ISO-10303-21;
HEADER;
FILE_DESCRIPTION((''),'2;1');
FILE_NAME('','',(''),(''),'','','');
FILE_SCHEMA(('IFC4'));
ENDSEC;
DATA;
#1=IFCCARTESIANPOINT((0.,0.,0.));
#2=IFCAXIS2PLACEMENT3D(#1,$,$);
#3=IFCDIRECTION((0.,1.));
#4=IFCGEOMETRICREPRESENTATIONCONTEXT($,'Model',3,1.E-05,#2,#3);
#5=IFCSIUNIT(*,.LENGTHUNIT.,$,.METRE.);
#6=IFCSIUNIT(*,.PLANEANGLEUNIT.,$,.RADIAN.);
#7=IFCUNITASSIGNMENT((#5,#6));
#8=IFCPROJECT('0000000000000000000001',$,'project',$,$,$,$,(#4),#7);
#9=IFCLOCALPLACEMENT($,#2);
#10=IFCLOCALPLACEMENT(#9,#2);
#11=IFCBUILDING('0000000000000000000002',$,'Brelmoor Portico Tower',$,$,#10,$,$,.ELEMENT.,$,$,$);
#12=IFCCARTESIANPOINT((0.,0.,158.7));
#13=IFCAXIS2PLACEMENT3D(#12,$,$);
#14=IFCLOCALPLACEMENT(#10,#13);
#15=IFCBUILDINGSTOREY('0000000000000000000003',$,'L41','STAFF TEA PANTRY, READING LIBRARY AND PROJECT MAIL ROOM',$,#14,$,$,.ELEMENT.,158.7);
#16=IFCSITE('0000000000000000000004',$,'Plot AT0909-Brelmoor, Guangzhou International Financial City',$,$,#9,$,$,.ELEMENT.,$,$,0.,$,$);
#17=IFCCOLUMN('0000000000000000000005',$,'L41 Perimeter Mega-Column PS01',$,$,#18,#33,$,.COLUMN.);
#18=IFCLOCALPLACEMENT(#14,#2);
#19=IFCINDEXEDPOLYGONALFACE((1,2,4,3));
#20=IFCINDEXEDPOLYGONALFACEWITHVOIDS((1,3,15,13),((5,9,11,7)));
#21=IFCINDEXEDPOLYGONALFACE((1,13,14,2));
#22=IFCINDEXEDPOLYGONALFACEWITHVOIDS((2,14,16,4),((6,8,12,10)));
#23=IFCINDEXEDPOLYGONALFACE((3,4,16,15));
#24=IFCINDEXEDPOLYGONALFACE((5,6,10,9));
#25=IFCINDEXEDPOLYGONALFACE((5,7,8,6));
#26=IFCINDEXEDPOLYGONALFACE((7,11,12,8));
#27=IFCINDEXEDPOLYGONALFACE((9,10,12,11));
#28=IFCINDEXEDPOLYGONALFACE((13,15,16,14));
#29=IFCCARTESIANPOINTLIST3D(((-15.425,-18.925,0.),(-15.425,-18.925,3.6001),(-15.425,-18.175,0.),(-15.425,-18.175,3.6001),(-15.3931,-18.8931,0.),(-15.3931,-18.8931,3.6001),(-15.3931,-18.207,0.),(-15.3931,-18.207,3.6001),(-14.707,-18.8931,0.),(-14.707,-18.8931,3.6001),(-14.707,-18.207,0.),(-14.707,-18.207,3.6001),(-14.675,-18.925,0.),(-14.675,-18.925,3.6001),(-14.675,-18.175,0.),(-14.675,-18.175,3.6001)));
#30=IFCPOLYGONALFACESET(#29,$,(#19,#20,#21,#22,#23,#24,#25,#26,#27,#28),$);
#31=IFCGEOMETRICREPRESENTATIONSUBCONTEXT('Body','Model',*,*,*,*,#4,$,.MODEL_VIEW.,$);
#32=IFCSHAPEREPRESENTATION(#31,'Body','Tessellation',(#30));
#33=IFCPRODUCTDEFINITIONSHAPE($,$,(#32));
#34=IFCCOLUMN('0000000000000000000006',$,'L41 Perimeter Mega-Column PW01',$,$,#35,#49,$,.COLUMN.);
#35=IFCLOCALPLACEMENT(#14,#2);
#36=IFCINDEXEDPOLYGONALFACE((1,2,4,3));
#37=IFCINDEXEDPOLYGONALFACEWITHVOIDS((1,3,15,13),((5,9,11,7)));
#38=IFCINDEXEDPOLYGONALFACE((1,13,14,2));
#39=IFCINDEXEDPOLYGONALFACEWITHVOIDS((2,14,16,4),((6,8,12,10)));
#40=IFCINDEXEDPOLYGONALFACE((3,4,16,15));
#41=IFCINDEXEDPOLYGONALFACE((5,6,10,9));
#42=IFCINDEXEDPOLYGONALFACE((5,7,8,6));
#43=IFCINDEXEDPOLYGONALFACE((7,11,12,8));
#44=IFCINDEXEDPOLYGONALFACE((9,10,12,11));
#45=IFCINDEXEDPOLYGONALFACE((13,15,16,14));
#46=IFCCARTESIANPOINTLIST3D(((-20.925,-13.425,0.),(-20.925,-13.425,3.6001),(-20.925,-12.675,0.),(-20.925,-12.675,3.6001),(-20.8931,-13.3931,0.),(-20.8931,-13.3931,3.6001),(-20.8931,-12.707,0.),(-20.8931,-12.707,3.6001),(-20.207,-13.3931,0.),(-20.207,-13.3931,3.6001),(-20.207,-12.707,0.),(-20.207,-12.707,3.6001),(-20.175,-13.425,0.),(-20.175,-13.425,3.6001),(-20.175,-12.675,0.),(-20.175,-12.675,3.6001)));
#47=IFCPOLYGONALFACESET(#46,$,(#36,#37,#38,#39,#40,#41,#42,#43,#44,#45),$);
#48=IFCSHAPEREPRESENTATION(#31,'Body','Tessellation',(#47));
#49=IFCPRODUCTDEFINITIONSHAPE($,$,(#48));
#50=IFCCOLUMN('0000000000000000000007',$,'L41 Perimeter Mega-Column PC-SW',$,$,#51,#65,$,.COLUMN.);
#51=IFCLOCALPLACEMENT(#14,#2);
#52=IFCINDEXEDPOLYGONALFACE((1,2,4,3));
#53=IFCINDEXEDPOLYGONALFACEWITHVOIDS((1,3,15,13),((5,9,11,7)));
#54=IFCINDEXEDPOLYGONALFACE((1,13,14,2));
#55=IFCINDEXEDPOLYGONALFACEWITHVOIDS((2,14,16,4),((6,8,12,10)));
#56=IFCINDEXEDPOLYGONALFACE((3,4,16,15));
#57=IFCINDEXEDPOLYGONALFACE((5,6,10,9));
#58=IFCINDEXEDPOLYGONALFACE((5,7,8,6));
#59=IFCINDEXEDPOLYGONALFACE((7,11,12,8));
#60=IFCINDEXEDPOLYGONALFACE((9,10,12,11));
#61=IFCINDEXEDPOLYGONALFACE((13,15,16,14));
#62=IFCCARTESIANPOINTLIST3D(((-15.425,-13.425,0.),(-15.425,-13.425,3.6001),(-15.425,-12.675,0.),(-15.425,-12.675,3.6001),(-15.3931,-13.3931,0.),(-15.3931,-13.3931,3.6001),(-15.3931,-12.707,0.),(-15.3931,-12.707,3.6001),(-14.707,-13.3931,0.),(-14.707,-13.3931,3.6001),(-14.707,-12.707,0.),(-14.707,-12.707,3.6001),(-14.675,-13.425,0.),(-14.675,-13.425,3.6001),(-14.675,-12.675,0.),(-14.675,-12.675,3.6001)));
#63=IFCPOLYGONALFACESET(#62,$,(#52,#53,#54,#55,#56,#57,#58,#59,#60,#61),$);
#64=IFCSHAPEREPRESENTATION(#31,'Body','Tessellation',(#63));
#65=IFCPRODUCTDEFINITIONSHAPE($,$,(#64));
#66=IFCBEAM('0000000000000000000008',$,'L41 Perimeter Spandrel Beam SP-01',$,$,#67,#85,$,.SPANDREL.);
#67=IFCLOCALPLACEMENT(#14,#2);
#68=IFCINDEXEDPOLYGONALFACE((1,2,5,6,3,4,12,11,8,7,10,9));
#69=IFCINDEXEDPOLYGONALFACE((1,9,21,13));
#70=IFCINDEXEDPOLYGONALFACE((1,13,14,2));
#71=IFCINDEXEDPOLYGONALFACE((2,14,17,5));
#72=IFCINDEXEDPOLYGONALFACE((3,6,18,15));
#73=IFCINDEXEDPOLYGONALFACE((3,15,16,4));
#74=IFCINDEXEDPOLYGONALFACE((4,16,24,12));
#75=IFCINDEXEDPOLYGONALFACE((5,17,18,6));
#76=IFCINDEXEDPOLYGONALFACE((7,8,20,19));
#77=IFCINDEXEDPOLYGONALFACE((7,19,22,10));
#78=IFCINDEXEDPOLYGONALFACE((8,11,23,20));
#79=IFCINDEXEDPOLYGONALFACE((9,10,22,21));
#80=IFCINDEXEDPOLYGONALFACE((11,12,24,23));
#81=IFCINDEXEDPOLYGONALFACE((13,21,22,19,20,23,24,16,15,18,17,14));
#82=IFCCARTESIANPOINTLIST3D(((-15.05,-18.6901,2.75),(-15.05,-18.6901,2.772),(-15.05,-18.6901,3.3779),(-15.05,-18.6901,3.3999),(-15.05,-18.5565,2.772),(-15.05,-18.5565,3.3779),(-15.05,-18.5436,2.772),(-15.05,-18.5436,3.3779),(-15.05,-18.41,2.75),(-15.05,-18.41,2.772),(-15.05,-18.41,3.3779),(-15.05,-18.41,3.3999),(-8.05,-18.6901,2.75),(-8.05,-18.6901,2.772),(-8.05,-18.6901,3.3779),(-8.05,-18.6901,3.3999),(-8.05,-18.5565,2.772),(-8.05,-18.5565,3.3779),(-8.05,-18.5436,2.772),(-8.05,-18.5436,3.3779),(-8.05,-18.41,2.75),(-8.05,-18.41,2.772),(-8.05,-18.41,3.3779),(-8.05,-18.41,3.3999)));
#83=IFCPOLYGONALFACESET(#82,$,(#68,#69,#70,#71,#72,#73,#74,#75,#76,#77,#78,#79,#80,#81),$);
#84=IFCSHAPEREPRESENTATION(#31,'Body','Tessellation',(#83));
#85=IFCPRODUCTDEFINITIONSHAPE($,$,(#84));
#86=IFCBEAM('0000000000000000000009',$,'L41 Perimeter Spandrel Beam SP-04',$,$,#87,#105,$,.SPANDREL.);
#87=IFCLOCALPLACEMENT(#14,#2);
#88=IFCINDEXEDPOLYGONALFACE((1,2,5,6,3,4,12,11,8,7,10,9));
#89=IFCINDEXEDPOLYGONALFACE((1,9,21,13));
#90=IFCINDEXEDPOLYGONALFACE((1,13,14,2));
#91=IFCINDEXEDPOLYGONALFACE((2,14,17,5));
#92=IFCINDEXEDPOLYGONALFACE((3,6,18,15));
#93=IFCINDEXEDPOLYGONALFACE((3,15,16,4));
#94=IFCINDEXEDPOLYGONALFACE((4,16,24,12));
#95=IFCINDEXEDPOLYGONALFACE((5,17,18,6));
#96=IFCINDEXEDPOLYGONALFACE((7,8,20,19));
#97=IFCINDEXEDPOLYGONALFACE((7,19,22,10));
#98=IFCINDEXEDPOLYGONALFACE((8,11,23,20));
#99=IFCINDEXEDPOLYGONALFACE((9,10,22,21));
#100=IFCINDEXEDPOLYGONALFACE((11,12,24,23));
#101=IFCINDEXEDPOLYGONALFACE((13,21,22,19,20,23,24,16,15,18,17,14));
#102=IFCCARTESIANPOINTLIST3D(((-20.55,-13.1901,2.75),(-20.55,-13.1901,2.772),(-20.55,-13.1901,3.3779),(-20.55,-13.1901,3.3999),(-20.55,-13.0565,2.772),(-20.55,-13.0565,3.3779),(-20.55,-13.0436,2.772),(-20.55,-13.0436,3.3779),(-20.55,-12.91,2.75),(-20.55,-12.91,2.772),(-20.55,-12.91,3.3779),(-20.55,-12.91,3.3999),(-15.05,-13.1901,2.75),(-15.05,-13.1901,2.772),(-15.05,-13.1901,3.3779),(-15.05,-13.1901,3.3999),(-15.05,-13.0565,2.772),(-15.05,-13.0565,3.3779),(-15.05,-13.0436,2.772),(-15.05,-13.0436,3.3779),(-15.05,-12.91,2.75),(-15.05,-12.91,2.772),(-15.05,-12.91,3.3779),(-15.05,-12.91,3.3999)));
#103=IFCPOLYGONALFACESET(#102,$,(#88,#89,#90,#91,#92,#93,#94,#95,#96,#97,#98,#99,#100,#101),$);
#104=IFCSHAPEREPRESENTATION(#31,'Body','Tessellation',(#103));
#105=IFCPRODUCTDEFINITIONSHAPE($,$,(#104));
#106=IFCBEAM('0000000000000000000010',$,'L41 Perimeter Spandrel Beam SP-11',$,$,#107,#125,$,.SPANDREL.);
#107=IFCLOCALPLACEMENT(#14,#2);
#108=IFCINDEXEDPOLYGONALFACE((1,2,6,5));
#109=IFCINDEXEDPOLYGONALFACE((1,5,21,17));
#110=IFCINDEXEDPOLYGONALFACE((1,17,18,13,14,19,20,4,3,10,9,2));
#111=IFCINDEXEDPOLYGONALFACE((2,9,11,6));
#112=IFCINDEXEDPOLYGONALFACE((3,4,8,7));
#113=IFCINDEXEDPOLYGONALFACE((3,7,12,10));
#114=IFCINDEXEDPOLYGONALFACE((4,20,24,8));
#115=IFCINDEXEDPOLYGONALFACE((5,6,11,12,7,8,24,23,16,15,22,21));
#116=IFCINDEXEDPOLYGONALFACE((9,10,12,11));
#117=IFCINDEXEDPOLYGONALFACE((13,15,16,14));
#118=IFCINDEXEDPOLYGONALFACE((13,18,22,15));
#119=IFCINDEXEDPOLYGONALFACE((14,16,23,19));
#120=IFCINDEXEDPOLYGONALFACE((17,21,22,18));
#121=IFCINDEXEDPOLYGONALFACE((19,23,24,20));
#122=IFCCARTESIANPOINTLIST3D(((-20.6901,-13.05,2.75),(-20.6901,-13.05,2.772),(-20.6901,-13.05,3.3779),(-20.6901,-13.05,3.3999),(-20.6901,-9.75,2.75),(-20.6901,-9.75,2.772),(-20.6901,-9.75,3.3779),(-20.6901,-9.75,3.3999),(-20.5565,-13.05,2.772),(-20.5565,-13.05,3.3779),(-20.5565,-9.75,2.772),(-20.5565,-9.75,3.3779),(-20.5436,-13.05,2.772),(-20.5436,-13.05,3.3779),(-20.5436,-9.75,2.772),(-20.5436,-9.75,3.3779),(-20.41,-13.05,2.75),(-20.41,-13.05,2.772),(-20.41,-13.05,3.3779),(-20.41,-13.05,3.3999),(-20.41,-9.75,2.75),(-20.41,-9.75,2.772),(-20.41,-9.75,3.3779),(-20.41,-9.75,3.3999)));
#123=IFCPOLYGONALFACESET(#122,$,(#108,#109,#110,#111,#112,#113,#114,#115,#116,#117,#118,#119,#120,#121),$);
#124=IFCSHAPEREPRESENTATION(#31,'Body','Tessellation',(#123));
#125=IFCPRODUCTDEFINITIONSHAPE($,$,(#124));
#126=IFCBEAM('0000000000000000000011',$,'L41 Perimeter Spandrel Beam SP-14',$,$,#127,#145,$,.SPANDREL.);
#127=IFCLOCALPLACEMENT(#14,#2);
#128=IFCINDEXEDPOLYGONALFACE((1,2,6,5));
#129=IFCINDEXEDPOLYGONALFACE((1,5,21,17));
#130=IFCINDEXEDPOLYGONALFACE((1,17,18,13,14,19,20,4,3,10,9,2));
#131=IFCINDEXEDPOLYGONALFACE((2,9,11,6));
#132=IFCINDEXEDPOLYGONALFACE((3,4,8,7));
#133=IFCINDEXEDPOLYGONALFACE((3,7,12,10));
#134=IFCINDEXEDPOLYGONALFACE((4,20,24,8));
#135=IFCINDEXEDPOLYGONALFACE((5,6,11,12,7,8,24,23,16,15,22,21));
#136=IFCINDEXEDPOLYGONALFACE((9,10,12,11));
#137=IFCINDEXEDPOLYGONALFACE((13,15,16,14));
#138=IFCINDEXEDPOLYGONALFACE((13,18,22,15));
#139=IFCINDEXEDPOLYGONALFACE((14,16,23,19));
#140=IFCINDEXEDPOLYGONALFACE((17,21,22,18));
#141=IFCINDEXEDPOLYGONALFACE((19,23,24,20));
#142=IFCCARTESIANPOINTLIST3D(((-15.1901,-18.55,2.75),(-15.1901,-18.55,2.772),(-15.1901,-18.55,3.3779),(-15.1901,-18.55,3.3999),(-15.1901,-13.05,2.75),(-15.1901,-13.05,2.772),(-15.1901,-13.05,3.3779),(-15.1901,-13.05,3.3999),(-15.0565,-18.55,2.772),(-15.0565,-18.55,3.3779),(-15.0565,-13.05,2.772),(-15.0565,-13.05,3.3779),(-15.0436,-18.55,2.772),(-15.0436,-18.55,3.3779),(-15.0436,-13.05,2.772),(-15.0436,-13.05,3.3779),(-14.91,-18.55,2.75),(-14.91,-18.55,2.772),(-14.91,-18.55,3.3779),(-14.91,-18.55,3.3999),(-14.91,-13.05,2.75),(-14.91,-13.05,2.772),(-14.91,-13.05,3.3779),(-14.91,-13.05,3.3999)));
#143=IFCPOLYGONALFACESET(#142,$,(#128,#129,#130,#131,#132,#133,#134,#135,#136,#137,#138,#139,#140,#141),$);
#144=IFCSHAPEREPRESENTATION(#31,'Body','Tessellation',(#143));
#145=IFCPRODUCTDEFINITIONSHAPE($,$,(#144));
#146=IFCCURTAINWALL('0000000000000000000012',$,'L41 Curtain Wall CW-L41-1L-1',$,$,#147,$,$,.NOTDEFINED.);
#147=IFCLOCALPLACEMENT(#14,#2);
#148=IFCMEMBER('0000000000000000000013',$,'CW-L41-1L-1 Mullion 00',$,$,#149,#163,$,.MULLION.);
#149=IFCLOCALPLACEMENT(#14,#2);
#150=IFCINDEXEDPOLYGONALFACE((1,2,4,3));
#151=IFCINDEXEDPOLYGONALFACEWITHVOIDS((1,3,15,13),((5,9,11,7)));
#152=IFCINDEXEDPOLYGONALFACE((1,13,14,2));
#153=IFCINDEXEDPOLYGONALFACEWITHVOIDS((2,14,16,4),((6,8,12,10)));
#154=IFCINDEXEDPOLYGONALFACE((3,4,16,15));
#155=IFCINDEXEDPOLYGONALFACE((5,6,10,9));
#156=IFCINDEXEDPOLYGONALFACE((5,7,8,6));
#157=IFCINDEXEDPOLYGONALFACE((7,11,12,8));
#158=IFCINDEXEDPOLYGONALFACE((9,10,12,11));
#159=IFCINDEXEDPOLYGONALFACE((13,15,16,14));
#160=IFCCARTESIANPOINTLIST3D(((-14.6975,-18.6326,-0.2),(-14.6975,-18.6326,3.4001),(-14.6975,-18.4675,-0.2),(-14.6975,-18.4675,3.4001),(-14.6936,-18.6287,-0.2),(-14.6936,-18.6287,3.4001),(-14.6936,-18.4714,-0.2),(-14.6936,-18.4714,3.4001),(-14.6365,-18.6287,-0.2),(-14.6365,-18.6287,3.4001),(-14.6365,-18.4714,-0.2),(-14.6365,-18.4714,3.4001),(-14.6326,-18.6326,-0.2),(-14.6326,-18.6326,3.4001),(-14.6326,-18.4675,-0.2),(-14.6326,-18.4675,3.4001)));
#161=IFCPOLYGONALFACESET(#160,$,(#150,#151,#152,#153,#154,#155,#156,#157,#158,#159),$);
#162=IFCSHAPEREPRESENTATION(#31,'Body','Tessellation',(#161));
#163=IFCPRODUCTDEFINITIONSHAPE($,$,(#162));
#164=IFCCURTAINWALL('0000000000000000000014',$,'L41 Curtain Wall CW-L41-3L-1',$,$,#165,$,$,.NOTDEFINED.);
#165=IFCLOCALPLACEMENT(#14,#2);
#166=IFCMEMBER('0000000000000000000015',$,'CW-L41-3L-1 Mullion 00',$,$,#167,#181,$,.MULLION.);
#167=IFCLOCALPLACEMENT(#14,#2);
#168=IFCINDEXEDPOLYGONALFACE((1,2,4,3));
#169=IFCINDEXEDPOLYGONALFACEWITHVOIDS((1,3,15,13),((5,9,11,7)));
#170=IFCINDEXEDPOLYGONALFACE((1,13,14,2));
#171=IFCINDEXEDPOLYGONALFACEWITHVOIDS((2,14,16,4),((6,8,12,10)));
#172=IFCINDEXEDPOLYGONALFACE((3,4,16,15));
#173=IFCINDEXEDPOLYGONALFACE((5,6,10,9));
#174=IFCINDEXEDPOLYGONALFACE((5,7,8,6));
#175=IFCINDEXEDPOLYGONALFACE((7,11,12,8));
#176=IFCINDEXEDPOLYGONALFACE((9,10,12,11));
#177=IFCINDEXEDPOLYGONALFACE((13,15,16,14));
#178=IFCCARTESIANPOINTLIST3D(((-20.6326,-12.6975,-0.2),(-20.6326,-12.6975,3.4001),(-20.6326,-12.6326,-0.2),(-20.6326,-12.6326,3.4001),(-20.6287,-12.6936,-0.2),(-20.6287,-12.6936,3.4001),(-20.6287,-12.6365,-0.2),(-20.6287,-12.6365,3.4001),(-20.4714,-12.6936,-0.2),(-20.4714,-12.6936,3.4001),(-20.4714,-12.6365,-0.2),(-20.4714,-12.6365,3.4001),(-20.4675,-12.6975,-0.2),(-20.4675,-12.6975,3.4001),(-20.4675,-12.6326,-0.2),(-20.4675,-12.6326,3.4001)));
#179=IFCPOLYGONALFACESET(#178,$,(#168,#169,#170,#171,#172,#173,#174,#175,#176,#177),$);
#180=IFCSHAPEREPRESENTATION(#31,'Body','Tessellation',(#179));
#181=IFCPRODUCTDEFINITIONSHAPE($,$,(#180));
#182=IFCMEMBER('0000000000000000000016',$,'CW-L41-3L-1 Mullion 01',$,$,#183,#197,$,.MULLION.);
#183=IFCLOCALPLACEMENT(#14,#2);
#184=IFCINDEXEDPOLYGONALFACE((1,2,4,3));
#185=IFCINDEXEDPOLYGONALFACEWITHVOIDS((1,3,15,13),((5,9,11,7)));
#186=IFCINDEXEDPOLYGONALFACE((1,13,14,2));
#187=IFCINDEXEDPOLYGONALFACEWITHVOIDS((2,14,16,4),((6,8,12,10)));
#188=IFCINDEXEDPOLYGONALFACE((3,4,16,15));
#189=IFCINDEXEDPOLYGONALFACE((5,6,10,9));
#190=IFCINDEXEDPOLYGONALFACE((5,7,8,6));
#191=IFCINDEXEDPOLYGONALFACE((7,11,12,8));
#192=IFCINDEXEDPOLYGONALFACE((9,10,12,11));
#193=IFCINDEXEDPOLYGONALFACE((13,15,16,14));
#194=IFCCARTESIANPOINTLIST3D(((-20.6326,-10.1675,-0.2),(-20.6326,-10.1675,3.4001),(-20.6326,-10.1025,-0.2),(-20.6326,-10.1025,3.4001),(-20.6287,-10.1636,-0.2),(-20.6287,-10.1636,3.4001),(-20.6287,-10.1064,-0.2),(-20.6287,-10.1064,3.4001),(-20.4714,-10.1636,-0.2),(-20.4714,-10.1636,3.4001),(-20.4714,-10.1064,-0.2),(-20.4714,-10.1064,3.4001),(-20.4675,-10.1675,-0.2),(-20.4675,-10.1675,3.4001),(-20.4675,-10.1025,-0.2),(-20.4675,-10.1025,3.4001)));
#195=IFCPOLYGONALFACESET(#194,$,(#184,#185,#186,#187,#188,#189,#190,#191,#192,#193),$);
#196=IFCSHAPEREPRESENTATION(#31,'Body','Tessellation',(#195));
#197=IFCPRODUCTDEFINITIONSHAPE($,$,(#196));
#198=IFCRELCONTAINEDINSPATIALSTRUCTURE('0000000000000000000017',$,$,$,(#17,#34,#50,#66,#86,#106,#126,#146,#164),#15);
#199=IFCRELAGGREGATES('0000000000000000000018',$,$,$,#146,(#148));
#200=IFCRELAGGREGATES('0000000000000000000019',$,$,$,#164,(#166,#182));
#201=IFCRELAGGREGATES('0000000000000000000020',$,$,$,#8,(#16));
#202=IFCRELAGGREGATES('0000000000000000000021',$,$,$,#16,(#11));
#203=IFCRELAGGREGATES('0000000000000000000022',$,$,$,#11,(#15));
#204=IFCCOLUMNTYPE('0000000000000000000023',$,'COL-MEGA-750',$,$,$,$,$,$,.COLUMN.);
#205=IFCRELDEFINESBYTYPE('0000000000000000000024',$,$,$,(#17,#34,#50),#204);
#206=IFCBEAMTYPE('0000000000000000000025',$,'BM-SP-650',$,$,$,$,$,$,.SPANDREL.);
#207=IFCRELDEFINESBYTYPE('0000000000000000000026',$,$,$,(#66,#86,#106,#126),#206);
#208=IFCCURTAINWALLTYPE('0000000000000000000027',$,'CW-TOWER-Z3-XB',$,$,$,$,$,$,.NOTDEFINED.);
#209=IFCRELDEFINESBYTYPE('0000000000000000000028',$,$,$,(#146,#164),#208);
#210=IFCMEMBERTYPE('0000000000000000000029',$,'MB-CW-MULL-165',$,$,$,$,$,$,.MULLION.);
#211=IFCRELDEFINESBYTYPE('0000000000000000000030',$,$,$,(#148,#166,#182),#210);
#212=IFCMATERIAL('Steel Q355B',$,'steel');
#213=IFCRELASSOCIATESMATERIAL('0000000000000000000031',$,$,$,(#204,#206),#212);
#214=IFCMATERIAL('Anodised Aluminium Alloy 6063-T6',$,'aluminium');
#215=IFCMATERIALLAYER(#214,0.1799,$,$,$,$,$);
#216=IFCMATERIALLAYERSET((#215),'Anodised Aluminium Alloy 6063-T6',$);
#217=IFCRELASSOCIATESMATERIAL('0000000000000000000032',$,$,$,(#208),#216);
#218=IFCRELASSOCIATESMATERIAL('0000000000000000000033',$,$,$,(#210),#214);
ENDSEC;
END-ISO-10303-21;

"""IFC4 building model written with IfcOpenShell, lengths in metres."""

from ifc_helpers import new_model, si_unit, direction, frame, origin, origin_2d, place, context, subcontext, project, spatial, hollow_rectangle, i_section, extrude, material, layer, layer_set, material_profile, profile_set, type_object, element, aggregate, save


model = new_model("IFC4")

# Units and contexts
model_context = context("Model", 3, precision=1e-05, world=origin(), true_north=direction((0.0, 1.0)))
body_context = subcontext(model_context, "Body", "Model", "MODEL_VIEW")
ifc_project = project(units=[si_unit("LENGTHUNIT", "METRE"), si_unit("PLANEANGLEUNIT", "RADIAN")], contexts=[model_context])

# Site, building, storey
site_placement = place(None, origin())
site = spatial("IfcSite", under=ifc_project, at=site_placement, Name="Plot AT0909-Brelmoor, Guangzhou International Financial City", CompositionType="ELEMENT", RefElevation=0.0)
building_placement = place(site_placement, origin())
building = spatial("IfcBuilding", under=site, at=building_placement, Name="Brelmoor Portico Tower", CompositionType="ELEMENT")
storey_placement = place(building_placement, frame((0.0, 0.0, 158.7)))
storey = spatial("IfcBuildingStorey", under=building, at=storey_placement, Name="L41", Description="STAFF TEA PANTRY, READING LIBRARY AND PROJECT MAIL ROOM", CompositionType="ELEMENT", Elevation=158.7)

# Columns
ifc_material_1 = material(Name="Steel Q355B", Category="steel")
ifc_material_profile_1 = material_profile(ifc_material_1, hollow_rectangle(XDim=0.75, YDim=0.75, WallThickness=0.032, at=origin_2d()), Name="BOX 750x750x32")
ifc_profile_set_1 = profile_set([ifc_material_profile_1], Name="Steel Q355B")
column_type = type_object("IfcColumnType", Name="COL-MEGA-750", PredefinedType="COLUMN", material=ifc_profile_set_1)
for number, where, z_axis, x_axis, name in (
    (1, (-15.05, -18.55, 0.0), (0.0, 0.0, 1.0), (1.0, 0.0, 0.0), "L41 Perimeter Mega-Column PS01"),
    (2, (-20.55, -13.05, 0.0), (0.0, 0.0, 1.0), (0.0, 1.0, 0.0), "L41 Perimeter Mega-Column PW01"),
    (3, (-15.05, -13.05, 0.0), (0.0, 0.0, 1.0), (1.0, 0.0, 0.0), "L41 Perimeter Mega-Column PC-SW"),
):
    element("IfcColumn", number, at=place(storey_placement, frame(where, z_axis=z_axis, x_axis=x_axis)), inside=storey, type_object=column_type, Name=name, PredefinedType="COLUMN", context=body_context, shape_type="SweptSolid", body=[
        extrude(hollow_rectangle(XDim=0.75, YDim=0.75, WallThickness=0.032, at=origin_2d()), origin(), (0.0, 0.0, 1.0), 3.6001),
    ])

# Beams
ifc_material_profile_2 = material_profile(ifc_material_1, i_section(OverallWidth=0.28, OverallDepth=0.6499, WebThickness=0.0129, FlangeThickness=0.022, at=origin_2d()), Name="HN 650x280x13x22")
ifc_profile_set_2 = profile_set([ifc_material_profile_2], Name="Steel Q355B")
beam_type = type_object("IfcBeamType", Name="BM-SP-650", PredefinedType="SPANDREL", material=ifc_profile_set_2)
beam_1_placement = place(storey_placement, frame((-15.05, -18.55, 3.075), z_axis=(1.0, 0.0, 0.0), x_axis=(0.0, 1.0, 0.0)))
element("IfcBeam", 4, at=beam_1_placement, inside=storey, type_object=beam_type, Name="L41 Perimeter Spandrel Beam SP-01", PredefinedType="SPANDREL", context=body_context, shape_type="SweptSolid", body=[
    extrude(i_section(OverallWidth=0.28, OverallDepth=0.6499, WebThickness=0.0129, FlangeThickness=0.022, at=origin_2d()), origin(), (0.0, 0.0, 1.0), 7.0),
])
beam_2_placement = place(storey_placement, frame((-20.55, -13.05, 3.075), z_axis=(1.0, 0.0, 0.0), x_axis=(0.0, 1.0, 0.0)))
element("IfcBeam", 5, at=beam_2_placement, inside=storey, type_object=beam_type, Name="L41 Perimeter Spandrel Beam SP-04", PredefinedType="SPANDREL", context=body_context, shape_type="SweptSolid", body=[
    extrude(i_section(OverallWidth=0.28, OverallDepth=0.6499, WebThickness=0.0129, FlangeThickness=0.022, at=origin_2d()), origin(), (0.0, 0.0, 1.0), 5.5),
])
beam_3_placement = place(storey_placement, frame((-20.55, -13.05, 3.075), z_axis=(0.0, 1.0, 0.0), x_axis=(-1.0, 0.0, 0.0)))
element("IfcBeam", 6, at=beam_3_placement, inside=storey, type_object=beam_type, Name="L41 Perimeter Spandrel Beam SP-11", PredefinedType="SPANDREL", context=body_context, shape_type="SweptSolid", body=[
    extrude(i_section(OverallWidth=0.28, OverallDepth=0.6499, WebThickness=0.0129, FlangeThickness=0.022, at=origin_2d()), origin(), (0.0, 0.0, 1.0), 3.3),
])
beam_4_placement = place(storey_placement, frame((-15.05, -18.55, 3.075), z_axis=(0.0, 1.0, 0.0), x_axis=(-1.0, 0.0, 0.0)))
element("IfcBeam", 7, at=beam_4_placement, inside=storey, type_object=beam_type, Name="L41 Perimeter Spandrel Beam SP-14", PredefinedType="SPANDREL", context=body_context, shape_type="SweptSolid", body=[
    extrude(i_section(OverallWidth=0.28, OverallDepth=0.6499, WebThickness=0.0129, FlangeThickness=0.022, at=origin_2d()), origin(), (0.0, 0.0, 1.0), 5.5),
])

# Curtain wall, member
ifc_material_2 = material(Name="Anodised Aluminium Alloy 6063-T6", Category="aluminium")
ifc_layer_1 = layer(ifc_material_2, 0.1799)
ifc_layer_set_1 = layer_set([ifc_layer_1], Name="Anodised Aluminium Alloy 6063-T6")
curtain_wall_type = type_object("IfcCurtainWallType", Name="CW-TOWER-Z3-XB", PredefinedType="NOTDEFINED", material=ifc_layer_set_1)
curtain_wall_1_placement = place(storey_placement, origin())
curtain_wall_1 = element("IfcCurtainWall", 8, at=curtain_wall_1_placement, inside=storey, type_object=curtain_wall_type, Name="L41 Curtain Wall CW-L41-1L-1", PredefinedType="NOTDEFINED")
ifc_material_profile_3 = material_profile(ifc_material_2, hollow_rectangle(XDim=0.0649, YDim=0.165, WallThickness=0.0039, at=origin_2d()), Name="ALU MULLION 65x165")
ifc_profile_set_3 = profile_set([ifc_material_profile_3], Name="Anodised Aluminium Alloy 6063-T6")
member_type_1 = type_object("IfcMemberType", Name="MB-CW-MULL-165", PredefinedType="MULLION", material=ifc_profile_set_3)
member_1_placement = place(storey_placement, frame((-14.665, -18.55, -0.2), z_axis=(0.0, 0.0, 1.0), x_axis=(1.0, 0.0, 0.0)))
member_1 = element("IfcMember", 9, at=member_1_placement, type_object=member_type_1, Name="CW-L41-1L-1 Mullion 00", PredefinedType="MULLION", context=body_context, shape_type="SweptSolid", body=[
    extrude(hollow_rectangle(XDim=0.0649, YDim=0.165, WallThickness=0.0039, at=origin_2d()), origin(), (0.0, 0.0, 1.0), 3.6001),
])

# Curtain wall, members
curtain_wall_2_placement = place(storey_placement, origin())
curtain_wall_2 = element("IfcCurtainWall", 10, at=curtain_wall_2_placement, inside=storey, type_object=curtain_wall_type, Name="L41 Curtain Wall CW-L41-3L-1", PredefinedType="NOTDEFINED")
member_2_placement = place(storey_placement, frame((-20.55, -12.665, -0.2), z_axis=(0.0, 0.0, 1.0), x_axis=(0.0, 1.0, 0.0)))
member_2 = element("IfcMember", 11, at=member_2_placement, type_object=member_type_1, Name="CW-L41-3L-1 Mullion 00", PredefinedType="MULLION", context=body_context, shape_type="SweptSolid", body=[
    extrude(hollow_rectangle(XDim=0.0649, YDim=0.165, WallThickness=0.0039, at=origin_2d()), origin(), (0.0, 0.0, 1.0), 3.6001),
])
member_3_placement = place(storey_placement, frame((-20.55, -10.135, -0.2), z_axis=(0.0, 0.0, 1.0), x_axis=(0.0, 1.0, 0.0)))
member_3 = element("IfcMember", 12, at=member_3_placement, type_object=member_type_1, Name="CW-L41-3L-1 Mullion 01", PredefinedType="MULLION", context=body_context, shape_type="SweptSolid", body=[
    extrude(hollow_rectangle(XDim=0.0649, YDim=0.165, WallThickness=0.0039, at=origin_2d()), origin(), (0.0, 0.0, 1.0), 3.6001),
])

aggregate(curtain_wall_1, [member_1])

aggregate(curtain_wall_2, [member_2, member_3])

save(model, "model.ifc")
